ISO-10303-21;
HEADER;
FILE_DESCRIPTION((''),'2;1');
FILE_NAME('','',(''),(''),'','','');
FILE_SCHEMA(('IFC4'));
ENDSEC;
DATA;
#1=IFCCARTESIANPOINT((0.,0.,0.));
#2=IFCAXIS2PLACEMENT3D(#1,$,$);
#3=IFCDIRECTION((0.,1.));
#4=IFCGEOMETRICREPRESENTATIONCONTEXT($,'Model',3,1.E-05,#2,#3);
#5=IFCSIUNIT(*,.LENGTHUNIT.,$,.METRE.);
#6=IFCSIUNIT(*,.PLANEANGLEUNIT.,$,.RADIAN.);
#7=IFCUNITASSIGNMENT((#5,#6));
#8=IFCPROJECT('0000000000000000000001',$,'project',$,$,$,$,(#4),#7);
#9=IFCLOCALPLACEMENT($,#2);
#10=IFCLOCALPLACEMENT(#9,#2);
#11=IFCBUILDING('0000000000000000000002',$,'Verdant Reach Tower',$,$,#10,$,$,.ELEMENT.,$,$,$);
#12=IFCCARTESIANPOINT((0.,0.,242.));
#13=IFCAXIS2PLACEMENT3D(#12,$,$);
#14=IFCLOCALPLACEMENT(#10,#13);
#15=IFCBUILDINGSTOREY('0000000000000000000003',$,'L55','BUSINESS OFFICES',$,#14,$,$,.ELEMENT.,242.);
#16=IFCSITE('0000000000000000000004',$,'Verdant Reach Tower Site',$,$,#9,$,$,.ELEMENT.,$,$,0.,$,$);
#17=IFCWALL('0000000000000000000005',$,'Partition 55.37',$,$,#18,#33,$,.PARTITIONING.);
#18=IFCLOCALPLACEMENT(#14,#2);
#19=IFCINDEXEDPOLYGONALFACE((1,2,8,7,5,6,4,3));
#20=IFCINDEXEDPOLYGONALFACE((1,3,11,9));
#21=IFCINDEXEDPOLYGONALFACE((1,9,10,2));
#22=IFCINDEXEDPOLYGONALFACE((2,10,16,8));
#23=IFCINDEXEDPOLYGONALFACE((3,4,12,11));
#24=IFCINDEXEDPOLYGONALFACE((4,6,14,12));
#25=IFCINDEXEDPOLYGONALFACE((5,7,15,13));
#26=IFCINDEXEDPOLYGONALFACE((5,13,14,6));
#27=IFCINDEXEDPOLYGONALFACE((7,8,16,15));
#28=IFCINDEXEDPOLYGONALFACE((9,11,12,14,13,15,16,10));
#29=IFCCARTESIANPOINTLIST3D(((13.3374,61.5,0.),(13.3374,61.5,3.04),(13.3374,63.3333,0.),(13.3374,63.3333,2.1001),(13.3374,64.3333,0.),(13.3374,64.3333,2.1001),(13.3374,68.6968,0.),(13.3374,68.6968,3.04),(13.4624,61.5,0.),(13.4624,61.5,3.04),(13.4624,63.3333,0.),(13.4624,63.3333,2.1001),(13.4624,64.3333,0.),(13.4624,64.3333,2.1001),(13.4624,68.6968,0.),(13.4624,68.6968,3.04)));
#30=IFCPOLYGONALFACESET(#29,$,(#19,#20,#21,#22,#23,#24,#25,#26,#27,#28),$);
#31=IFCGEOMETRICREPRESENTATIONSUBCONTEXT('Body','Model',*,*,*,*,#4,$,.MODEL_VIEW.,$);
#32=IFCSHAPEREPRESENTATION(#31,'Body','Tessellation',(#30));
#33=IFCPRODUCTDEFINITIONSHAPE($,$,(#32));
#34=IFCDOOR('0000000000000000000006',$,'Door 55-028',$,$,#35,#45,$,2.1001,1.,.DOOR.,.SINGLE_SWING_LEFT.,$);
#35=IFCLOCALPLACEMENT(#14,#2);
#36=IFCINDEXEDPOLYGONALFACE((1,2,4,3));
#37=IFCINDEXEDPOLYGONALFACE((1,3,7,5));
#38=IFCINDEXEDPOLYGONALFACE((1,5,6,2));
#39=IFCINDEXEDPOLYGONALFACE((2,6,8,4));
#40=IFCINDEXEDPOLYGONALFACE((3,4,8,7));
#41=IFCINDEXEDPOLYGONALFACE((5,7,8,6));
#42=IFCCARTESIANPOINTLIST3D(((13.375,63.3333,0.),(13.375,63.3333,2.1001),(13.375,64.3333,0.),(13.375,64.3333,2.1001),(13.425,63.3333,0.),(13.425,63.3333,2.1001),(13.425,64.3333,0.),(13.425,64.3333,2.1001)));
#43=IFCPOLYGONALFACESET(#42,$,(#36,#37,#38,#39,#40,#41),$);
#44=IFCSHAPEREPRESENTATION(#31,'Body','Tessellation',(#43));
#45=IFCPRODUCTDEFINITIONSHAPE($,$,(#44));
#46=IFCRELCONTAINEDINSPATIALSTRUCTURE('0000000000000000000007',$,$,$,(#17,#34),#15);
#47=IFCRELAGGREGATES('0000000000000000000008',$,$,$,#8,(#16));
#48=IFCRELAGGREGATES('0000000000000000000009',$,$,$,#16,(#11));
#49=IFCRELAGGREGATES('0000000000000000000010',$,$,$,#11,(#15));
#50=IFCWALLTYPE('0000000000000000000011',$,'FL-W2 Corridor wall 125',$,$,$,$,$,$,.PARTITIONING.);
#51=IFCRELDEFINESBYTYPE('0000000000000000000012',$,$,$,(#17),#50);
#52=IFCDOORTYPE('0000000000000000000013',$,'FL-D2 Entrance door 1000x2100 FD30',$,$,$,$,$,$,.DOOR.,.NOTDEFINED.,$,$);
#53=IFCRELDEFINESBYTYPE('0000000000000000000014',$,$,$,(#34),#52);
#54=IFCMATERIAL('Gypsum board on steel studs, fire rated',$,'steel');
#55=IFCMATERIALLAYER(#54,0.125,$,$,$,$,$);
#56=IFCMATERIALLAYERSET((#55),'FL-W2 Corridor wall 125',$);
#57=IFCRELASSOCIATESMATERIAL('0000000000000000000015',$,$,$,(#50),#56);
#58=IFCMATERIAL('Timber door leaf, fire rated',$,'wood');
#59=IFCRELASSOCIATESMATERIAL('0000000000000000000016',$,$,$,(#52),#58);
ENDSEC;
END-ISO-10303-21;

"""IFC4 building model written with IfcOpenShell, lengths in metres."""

from ifc_helpers import new_model, si_unit, direction, frame, frame_2d, origin, place, context, subcontext, project, spatial, rectangle, extrude, material, layer, layer_set, type_object, element, fill, save


model = new_model("IFC4")

# Units and contexts
model_context = context("Model", 3, precision=1e-05, world=origin(), true_north=direction((0.0, 1.0)))
body_context = subcontext(model_context, "Body", "Model", "MODEL_VIEW")
ifc_project = project(units=[si_unit("LENGTHUNIT", "METRE"), si_unit("PLANEANGLEUNIT", "RADIAN")], contexts=[model_context])

# Site, building, storey
site_placement = place(None, origin())
site = spatial("IfcSite", under=ifc_project, at=site_placement, Name="Verdant Reach Tower Site", CompositionType="ELEMENT", RefElevation=0.0)
building_placement = place(site_placement, origin())
building = spatial("IfcBuilding", under=site, at=building_placement, Name="Verdant Reach Tower", CompositionType="ELEMENT")
storey_placement = place(building_placement, frame((0.0, 0.0, 242.0)))
storey = spatial("IfcBuildingStorey", under=building, at=storey_placement, Name="L55", Description="BUSINESS OFFICES", CompositionType="ELEMENT", Elevation=242.0)

# Shared definitions
ifc_material_1 = material(Name="Gypsum board on steel studs, fire rated", Category="steel")
ifc_layer_1 = layer(ifc_material_1, 0.125)
ifc_layer_set_1 = layer_set([ifc_layer_1], Name="FL-W2 Corridor wall 125")
wall_type_1 = type_object("IfcWallType", Name="FL-W2 Corridor wall 125", PredefinedType="PARTITIONING", material=ifc_layer_set_1)
ifc_material_2 = material(Name="Timber door leaf, fire rated", Category="wood")
door_type_1 = type_object("IfcDoorType", Name="FL-D2 Entrance door 1000x2100 FD30", OperationType="NOTDEFINED", PredefinedType="DOOR", material=ifc_material_2)

# Wall, opening, door
wall_1_placement = place(storey_placement, frame((13.3999, 61.5, 0.0), z_axis=(0.0, 0.0, 1.0), x_axis=(0.0, 1.0, 0.0)))
wall_1 = element("IfcWall", 1, at=wall_1_placement, inside=storey, type_object=wall_type_1, Name="Partition 55.37", PredefinedType="PARTITIONING", context=body_context, shape_type="SweptSolid", body=[
    extrude(rectangle(XDim=7.1968, YDim=0.125, at=frame_2d((3.5984, 0.0))), origin(), (0.0, 0.0, 1.0), 3.04),
])
opening_1_placement = place(wall_1_placement, frame((1.8333, 0.0, 0.0)))
opening_1 = element("IfcOpeningElement", 2, at=opening_1_placement, cuts=wall_1, PredefinedType="OPENING", context=body_context, shape_type="SweptSolid", body=[
    extrude(rectangle(XDim=1.0, YDim=2.1001, at=frame_2d((0.5, 1.05))), frame((0.0, 0.0725, 0.0), z_axis=(0.0, -1.0, 0.0), x_axis=(1.0, 0.0, 0.0)), (0.0, 0.0, 1.0), 0.145),
])
door_1_placement = place(opening_1_placement, origin())
door_1 = element("IfcDoor", 3, at=door_1_placement, inside=storey, type_object=door_type_1, Name="Door 55-028", OperationType="SINGLE_SWING_LEFT", OverallHeight=2.1001, OverallWidth=1.0, PredefinedType="DOOR", context=body_context, shape_type="SweptSolid", body=[
    extrude(rectangle(XDim=1.0, YDim=2.1001, at=frame_2d((0.5, 1.05))), frame((0.0, 0.0249, 0.0), z_axis=(0.0, -1.0, 0.0), x_axis=(1.0, 0.0, 0.0)), (0.0, 0.0, 1.0), 0.05),
])
fill(opening_1, door_1)

save(model, "model.ifc")
